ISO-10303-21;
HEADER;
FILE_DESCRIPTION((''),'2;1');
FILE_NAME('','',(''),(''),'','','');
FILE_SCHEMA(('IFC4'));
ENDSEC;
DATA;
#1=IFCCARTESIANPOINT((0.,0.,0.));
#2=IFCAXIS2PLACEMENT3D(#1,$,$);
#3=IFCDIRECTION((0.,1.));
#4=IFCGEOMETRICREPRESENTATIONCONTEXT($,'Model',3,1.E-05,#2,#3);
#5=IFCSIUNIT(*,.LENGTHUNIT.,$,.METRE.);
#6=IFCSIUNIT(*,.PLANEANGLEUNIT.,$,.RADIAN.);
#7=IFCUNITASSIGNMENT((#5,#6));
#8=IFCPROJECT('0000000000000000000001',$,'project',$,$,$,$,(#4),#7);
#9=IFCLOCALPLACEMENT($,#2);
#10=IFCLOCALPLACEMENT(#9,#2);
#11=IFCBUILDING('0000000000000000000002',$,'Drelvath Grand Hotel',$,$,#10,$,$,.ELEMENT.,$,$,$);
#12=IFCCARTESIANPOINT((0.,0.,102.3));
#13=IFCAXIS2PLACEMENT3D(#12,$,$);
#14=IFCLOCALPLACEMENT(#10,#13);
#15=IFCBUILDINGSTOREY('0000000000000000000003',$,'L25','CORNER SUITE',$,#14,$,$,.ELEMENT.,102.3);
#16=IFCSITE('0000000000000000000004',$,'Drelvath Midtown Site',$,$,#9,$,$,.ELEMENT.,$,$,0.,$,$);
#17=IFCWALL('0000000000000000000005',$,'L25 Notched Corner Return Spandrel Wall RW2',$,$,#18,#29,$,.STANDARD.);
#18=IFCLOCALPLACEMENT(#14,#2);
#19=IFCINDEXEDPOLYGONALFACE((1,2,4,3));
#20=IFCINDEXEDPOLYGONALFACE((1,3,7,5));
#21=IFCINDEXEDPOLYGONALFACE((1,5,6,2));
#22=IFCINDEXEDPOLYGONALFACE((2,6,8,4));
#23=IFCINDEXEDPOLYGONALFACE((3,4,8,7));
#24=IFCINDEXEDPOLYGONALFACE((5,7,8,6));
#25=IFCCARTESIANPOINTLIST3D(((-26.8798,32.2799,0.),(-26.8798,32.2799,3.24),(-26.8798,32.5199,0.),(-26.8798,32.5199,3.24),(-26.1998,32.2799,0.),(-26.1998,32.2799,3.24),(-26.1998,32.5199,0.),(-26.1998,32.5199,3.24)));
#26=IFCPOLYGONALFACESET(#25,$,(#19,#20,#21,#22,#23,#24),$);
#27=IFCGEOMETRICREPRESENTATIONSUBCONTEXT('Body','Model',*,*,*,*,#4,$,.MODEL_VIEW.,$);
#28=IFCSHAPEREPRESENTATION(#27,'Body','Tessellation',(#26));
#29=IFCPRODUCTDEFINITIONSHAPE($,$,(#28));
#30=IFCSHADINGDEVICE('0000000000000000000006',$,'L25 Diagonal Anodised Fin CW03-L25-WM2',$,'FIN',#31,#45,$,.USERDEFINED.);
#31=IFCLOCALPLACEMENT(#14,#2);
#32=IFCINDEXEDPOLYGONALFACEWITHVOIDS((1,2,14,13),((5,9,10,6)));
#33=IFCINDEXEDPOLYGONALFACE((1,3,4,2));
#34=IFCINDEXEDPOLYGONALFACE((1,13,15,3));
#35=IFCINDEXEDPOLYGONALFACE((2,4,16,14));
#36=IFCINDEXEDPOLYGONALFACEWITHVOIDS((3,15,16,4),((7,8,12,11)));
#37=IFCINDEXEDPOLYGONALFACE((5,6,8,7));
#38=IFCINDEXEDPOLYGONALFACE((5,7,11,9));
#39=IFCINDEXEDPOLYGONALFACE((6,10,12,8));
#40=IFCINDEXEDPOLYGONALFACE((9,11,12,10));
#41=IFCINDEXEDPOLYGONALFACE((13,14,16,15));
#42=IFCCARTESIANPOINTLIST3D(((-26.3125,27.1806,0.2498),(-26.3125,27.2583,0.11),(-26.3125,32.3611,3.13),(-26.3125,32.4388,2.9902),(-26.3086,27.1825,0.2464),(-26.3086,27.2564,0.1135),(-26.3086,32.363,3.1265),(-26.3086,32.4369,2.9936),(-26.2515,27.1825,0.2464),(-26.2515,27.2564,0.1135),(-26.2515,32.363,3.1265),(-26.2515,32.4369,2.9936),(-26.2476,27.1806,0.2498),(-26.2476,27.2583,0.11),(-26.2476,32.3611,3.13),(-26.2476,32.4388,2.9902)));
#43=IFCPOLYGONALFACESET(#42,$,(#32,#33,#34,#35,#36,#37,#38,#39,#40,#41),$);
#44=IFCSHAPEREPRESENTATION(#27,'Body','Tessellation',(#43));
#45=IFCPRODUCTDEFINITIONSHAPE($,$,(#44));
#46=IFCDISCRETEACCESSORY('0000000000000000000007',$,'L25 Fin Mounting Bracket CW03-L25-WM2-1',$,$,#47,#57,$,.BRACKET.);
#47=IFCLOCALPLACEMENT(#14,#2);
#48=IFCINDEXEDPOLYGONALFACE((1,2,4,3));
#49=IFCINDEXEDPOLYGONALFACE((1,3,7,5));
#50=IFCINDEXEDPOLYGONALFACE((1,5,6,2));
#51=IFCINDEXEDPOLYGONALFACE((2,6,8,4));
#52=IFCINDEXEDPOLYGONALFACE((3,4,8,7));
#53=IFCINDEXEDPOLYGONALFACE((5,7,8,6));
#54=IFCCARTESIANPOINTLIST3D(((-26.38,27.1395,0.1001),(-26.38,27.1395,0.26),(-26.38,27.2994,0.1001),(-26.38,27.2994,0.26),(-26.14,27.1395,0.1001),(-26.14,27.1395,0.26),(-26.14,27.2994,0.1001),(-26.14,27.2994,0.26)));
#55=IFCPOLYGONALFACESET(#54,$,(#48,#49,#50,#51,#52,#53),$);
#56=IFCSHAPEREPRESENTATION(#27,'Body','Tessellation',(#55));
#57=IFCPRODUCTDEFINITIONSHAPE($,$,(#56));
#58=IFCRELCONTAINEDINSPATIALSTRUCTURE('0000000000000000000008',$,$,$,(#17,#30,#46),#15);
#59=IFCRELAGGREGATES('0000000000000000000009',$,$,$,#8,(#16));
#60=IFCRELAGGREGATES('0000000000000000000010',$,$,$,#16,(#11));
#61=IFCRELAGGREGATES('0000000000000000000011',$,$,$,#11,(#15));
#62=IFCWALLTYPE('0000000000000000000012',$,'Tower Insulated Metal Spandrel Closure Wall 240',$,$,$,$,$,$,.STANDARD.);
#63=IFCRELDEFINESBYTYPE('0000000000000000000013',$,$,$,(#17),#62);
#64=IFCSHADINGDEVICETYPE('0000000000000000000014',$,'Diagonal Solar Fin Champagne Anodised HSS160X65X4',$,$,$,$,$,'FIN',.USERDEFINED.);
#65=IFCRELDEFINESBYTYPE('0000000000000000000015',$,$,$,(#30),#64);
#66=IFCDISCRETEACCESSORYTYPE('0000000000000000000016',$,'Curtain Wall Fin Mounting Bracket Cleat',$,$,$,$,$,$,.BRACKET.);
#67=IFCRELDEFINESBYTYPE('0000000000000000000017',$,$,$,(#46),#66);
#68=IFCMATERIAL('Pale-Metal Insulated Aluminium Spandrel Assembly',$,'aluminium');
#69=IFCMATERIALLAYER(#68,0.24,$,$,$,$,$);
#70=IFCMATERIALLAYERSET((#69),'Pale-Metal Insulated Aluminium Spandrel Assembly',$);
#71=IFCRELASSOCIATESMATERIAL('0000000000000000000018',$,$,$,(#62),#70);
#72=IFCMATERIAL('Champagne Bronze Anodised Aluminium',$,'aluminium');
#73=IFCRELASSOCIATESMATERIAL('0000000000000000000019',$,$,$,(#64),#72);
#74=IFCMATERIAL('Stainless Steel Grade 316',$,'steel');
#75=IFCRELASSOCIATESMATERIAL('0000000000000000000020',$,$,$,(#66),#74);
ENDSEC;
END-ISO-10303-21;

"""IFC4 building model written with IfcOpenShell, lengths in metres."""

from ifc_helpers import new_model, si_unit, direction, frame, frame_2d, origin, origin_2d, place, context, subcontext, project, spatial, rectangle, hollow_rectangle, extrude, material, layer, layer_set, material_profile, profile_set, type_object, element, save


model = new_model("IFC4")

# Units and contexts
model_context = context("Model", 3, precision=1e-05, world=origin(), true_north=direction((0.0, 1.0)))
body_context = subcontext(model_context, "Body", "Model", "MODEL_VIEW")
ifc_project = project(units=[si_unit("LENGTHUNIT", "METRE"), si_unit("PLANEANGLEUNIT", "RADIAN")], contexts=[model_context])

# Site, building, storey
site_placement = place(None, origin())
site = spatial("IfcSite", under=ifc_project, at=site_placement, Name="Drelvath Midtown Site", CompositionType="ELEMENT", RefElevation=0.0)
building_placement = place(site_placement, origin())
building = spatial("IfcBuilding", under=site, at=building_placement, Name="Drelvath Grand Hotel", CompositionType="ELEMENT")
storey_placement = place(building_placement, frame((0.0, 0.0, 102.3)))
storey = spatial("IfcBuildingStorey", under=building, at=storey_placement, Name="L25", Description="CORNER SUITE", CompositionType="ELEMENT", Elevation=102.3)

# Shared definitions
ifc_material_1 = material(Name="Pale-Metal Insulated Aluminium Spandrel Assembly", Category="aluminium")
ifc_layer_1 = layer(ifc_material_1, 0.24)
ifc_layer_set_1 = layer_set([ifc_layer_1], Name="Pale-Metal Insulated Aluminium Spandrel Assembly")
wall_type_1 = type_object("IfcWallType", Name="Tower Insulated Metal Spandrel Closure Wall 240", PredefinedType="STANDARD", material=ifc_layer_set_1)

# Wall
wall_1_placement = place(storey_placement, frame((-26.2, 32.3999, 0.0), z_axis=(0.0, 0.0, 1.0), x_axis=(-1.0, 0.0, 0.0)))
element("IfcWall", 1, at=wall_1_placement, inside=storey, type_object=wall_type_1, Name="L25 Notched Corner Return Spandrel Wall RW2", PredefinedType="STANDARD", context=body_context, shape_type="SweptSolid", body=[
    extrude(rectangle(XDim=0.6799, YDim=0.24, at=frame_2d((0.3398, 0.0))), origin(), (0.0, 0.0, 1.0), 3.24),
])

# Shading device
ifc_material_2 = material(Name="Champagne Bronze Anodised Aluminium", Category="aluminium")
ifc_material_profile_1 = material_profile(ifc_material_2, hollow_rectangle(XDim=0.0649, YDim=0.1599, WallThickness=0.0039, at=origin_2d()), Name="HSS160X65X4")
ifc_profile_set_1 = profile_set([ifc_material_profile_1], Name="Champagne Bronze Anodised Aluminium")
shading_device_type = type_object("IfcShadingDeviceType", Name="Diagonal Solar Fin Champagne Anodised HSS160X65X4", ElementType="FIN", PredefinedType="USERDEFINED", material=ifc_profile_set_1)
shading_device_placement = place(storey_placement, frame((-26.28, 27.2195, 0.1799), z_axis=(0.0, 0.874006, 0.485916), x_axis=(-1.0, 0.0, 0.0)))
element("IfcShadingDevice", 2, at=shading_device_placement, inside=storey, type_object=shading_device_type, Name="L25 Diagonal Anodised Fin CW03-L25-WM2", ObjectType="FIN", PredefinedType="USERDEFINED", context=body_context, shape_type="SweptSolid", body=[
    extrude(hollow_rectangle(XDim=0.0649, YDim=0.1599, WallThickness=0.0039, at=origin_2d()), origin(), (0.0, 0.0, 1.0), 5.9272),
])

# Discrete accessory
ifc_material_3 = material(Name="Stainless Steel Grade 316", Category="steel")
discrete_accessory_type = type_object("IfcDiscreteAccessoryType", Name="Curtain Wall Fin Mounting Bracket Cleat", PredefinedType="BRACKET", material=ifc_material_3)
discrete_accessory_placement = place(storey_placement, frame((-26.26, 27.2195, 0.1001), z_axis=(0.0, 0.0, 1.0), x_axis=(0.0, 1.0, 0.0)))
element("IfcDiscreteAccessory", 3, at=discrete_accessory_placement, inside=storey, type_object=discrete_accessory_type, Name="L25 Fin Mounting Bracket CW03-L25-WM2-1", PredefinedType="BRACKET", context=body_context, shape_type="SweptSolid", body=[
    extrude(rectangle(XDim=0.1599, YDim=0.24, at=origin_2d()), origin(), (0.0, 0.0, 1.0), 0.1599),
])

save(model, "model.ifc")
